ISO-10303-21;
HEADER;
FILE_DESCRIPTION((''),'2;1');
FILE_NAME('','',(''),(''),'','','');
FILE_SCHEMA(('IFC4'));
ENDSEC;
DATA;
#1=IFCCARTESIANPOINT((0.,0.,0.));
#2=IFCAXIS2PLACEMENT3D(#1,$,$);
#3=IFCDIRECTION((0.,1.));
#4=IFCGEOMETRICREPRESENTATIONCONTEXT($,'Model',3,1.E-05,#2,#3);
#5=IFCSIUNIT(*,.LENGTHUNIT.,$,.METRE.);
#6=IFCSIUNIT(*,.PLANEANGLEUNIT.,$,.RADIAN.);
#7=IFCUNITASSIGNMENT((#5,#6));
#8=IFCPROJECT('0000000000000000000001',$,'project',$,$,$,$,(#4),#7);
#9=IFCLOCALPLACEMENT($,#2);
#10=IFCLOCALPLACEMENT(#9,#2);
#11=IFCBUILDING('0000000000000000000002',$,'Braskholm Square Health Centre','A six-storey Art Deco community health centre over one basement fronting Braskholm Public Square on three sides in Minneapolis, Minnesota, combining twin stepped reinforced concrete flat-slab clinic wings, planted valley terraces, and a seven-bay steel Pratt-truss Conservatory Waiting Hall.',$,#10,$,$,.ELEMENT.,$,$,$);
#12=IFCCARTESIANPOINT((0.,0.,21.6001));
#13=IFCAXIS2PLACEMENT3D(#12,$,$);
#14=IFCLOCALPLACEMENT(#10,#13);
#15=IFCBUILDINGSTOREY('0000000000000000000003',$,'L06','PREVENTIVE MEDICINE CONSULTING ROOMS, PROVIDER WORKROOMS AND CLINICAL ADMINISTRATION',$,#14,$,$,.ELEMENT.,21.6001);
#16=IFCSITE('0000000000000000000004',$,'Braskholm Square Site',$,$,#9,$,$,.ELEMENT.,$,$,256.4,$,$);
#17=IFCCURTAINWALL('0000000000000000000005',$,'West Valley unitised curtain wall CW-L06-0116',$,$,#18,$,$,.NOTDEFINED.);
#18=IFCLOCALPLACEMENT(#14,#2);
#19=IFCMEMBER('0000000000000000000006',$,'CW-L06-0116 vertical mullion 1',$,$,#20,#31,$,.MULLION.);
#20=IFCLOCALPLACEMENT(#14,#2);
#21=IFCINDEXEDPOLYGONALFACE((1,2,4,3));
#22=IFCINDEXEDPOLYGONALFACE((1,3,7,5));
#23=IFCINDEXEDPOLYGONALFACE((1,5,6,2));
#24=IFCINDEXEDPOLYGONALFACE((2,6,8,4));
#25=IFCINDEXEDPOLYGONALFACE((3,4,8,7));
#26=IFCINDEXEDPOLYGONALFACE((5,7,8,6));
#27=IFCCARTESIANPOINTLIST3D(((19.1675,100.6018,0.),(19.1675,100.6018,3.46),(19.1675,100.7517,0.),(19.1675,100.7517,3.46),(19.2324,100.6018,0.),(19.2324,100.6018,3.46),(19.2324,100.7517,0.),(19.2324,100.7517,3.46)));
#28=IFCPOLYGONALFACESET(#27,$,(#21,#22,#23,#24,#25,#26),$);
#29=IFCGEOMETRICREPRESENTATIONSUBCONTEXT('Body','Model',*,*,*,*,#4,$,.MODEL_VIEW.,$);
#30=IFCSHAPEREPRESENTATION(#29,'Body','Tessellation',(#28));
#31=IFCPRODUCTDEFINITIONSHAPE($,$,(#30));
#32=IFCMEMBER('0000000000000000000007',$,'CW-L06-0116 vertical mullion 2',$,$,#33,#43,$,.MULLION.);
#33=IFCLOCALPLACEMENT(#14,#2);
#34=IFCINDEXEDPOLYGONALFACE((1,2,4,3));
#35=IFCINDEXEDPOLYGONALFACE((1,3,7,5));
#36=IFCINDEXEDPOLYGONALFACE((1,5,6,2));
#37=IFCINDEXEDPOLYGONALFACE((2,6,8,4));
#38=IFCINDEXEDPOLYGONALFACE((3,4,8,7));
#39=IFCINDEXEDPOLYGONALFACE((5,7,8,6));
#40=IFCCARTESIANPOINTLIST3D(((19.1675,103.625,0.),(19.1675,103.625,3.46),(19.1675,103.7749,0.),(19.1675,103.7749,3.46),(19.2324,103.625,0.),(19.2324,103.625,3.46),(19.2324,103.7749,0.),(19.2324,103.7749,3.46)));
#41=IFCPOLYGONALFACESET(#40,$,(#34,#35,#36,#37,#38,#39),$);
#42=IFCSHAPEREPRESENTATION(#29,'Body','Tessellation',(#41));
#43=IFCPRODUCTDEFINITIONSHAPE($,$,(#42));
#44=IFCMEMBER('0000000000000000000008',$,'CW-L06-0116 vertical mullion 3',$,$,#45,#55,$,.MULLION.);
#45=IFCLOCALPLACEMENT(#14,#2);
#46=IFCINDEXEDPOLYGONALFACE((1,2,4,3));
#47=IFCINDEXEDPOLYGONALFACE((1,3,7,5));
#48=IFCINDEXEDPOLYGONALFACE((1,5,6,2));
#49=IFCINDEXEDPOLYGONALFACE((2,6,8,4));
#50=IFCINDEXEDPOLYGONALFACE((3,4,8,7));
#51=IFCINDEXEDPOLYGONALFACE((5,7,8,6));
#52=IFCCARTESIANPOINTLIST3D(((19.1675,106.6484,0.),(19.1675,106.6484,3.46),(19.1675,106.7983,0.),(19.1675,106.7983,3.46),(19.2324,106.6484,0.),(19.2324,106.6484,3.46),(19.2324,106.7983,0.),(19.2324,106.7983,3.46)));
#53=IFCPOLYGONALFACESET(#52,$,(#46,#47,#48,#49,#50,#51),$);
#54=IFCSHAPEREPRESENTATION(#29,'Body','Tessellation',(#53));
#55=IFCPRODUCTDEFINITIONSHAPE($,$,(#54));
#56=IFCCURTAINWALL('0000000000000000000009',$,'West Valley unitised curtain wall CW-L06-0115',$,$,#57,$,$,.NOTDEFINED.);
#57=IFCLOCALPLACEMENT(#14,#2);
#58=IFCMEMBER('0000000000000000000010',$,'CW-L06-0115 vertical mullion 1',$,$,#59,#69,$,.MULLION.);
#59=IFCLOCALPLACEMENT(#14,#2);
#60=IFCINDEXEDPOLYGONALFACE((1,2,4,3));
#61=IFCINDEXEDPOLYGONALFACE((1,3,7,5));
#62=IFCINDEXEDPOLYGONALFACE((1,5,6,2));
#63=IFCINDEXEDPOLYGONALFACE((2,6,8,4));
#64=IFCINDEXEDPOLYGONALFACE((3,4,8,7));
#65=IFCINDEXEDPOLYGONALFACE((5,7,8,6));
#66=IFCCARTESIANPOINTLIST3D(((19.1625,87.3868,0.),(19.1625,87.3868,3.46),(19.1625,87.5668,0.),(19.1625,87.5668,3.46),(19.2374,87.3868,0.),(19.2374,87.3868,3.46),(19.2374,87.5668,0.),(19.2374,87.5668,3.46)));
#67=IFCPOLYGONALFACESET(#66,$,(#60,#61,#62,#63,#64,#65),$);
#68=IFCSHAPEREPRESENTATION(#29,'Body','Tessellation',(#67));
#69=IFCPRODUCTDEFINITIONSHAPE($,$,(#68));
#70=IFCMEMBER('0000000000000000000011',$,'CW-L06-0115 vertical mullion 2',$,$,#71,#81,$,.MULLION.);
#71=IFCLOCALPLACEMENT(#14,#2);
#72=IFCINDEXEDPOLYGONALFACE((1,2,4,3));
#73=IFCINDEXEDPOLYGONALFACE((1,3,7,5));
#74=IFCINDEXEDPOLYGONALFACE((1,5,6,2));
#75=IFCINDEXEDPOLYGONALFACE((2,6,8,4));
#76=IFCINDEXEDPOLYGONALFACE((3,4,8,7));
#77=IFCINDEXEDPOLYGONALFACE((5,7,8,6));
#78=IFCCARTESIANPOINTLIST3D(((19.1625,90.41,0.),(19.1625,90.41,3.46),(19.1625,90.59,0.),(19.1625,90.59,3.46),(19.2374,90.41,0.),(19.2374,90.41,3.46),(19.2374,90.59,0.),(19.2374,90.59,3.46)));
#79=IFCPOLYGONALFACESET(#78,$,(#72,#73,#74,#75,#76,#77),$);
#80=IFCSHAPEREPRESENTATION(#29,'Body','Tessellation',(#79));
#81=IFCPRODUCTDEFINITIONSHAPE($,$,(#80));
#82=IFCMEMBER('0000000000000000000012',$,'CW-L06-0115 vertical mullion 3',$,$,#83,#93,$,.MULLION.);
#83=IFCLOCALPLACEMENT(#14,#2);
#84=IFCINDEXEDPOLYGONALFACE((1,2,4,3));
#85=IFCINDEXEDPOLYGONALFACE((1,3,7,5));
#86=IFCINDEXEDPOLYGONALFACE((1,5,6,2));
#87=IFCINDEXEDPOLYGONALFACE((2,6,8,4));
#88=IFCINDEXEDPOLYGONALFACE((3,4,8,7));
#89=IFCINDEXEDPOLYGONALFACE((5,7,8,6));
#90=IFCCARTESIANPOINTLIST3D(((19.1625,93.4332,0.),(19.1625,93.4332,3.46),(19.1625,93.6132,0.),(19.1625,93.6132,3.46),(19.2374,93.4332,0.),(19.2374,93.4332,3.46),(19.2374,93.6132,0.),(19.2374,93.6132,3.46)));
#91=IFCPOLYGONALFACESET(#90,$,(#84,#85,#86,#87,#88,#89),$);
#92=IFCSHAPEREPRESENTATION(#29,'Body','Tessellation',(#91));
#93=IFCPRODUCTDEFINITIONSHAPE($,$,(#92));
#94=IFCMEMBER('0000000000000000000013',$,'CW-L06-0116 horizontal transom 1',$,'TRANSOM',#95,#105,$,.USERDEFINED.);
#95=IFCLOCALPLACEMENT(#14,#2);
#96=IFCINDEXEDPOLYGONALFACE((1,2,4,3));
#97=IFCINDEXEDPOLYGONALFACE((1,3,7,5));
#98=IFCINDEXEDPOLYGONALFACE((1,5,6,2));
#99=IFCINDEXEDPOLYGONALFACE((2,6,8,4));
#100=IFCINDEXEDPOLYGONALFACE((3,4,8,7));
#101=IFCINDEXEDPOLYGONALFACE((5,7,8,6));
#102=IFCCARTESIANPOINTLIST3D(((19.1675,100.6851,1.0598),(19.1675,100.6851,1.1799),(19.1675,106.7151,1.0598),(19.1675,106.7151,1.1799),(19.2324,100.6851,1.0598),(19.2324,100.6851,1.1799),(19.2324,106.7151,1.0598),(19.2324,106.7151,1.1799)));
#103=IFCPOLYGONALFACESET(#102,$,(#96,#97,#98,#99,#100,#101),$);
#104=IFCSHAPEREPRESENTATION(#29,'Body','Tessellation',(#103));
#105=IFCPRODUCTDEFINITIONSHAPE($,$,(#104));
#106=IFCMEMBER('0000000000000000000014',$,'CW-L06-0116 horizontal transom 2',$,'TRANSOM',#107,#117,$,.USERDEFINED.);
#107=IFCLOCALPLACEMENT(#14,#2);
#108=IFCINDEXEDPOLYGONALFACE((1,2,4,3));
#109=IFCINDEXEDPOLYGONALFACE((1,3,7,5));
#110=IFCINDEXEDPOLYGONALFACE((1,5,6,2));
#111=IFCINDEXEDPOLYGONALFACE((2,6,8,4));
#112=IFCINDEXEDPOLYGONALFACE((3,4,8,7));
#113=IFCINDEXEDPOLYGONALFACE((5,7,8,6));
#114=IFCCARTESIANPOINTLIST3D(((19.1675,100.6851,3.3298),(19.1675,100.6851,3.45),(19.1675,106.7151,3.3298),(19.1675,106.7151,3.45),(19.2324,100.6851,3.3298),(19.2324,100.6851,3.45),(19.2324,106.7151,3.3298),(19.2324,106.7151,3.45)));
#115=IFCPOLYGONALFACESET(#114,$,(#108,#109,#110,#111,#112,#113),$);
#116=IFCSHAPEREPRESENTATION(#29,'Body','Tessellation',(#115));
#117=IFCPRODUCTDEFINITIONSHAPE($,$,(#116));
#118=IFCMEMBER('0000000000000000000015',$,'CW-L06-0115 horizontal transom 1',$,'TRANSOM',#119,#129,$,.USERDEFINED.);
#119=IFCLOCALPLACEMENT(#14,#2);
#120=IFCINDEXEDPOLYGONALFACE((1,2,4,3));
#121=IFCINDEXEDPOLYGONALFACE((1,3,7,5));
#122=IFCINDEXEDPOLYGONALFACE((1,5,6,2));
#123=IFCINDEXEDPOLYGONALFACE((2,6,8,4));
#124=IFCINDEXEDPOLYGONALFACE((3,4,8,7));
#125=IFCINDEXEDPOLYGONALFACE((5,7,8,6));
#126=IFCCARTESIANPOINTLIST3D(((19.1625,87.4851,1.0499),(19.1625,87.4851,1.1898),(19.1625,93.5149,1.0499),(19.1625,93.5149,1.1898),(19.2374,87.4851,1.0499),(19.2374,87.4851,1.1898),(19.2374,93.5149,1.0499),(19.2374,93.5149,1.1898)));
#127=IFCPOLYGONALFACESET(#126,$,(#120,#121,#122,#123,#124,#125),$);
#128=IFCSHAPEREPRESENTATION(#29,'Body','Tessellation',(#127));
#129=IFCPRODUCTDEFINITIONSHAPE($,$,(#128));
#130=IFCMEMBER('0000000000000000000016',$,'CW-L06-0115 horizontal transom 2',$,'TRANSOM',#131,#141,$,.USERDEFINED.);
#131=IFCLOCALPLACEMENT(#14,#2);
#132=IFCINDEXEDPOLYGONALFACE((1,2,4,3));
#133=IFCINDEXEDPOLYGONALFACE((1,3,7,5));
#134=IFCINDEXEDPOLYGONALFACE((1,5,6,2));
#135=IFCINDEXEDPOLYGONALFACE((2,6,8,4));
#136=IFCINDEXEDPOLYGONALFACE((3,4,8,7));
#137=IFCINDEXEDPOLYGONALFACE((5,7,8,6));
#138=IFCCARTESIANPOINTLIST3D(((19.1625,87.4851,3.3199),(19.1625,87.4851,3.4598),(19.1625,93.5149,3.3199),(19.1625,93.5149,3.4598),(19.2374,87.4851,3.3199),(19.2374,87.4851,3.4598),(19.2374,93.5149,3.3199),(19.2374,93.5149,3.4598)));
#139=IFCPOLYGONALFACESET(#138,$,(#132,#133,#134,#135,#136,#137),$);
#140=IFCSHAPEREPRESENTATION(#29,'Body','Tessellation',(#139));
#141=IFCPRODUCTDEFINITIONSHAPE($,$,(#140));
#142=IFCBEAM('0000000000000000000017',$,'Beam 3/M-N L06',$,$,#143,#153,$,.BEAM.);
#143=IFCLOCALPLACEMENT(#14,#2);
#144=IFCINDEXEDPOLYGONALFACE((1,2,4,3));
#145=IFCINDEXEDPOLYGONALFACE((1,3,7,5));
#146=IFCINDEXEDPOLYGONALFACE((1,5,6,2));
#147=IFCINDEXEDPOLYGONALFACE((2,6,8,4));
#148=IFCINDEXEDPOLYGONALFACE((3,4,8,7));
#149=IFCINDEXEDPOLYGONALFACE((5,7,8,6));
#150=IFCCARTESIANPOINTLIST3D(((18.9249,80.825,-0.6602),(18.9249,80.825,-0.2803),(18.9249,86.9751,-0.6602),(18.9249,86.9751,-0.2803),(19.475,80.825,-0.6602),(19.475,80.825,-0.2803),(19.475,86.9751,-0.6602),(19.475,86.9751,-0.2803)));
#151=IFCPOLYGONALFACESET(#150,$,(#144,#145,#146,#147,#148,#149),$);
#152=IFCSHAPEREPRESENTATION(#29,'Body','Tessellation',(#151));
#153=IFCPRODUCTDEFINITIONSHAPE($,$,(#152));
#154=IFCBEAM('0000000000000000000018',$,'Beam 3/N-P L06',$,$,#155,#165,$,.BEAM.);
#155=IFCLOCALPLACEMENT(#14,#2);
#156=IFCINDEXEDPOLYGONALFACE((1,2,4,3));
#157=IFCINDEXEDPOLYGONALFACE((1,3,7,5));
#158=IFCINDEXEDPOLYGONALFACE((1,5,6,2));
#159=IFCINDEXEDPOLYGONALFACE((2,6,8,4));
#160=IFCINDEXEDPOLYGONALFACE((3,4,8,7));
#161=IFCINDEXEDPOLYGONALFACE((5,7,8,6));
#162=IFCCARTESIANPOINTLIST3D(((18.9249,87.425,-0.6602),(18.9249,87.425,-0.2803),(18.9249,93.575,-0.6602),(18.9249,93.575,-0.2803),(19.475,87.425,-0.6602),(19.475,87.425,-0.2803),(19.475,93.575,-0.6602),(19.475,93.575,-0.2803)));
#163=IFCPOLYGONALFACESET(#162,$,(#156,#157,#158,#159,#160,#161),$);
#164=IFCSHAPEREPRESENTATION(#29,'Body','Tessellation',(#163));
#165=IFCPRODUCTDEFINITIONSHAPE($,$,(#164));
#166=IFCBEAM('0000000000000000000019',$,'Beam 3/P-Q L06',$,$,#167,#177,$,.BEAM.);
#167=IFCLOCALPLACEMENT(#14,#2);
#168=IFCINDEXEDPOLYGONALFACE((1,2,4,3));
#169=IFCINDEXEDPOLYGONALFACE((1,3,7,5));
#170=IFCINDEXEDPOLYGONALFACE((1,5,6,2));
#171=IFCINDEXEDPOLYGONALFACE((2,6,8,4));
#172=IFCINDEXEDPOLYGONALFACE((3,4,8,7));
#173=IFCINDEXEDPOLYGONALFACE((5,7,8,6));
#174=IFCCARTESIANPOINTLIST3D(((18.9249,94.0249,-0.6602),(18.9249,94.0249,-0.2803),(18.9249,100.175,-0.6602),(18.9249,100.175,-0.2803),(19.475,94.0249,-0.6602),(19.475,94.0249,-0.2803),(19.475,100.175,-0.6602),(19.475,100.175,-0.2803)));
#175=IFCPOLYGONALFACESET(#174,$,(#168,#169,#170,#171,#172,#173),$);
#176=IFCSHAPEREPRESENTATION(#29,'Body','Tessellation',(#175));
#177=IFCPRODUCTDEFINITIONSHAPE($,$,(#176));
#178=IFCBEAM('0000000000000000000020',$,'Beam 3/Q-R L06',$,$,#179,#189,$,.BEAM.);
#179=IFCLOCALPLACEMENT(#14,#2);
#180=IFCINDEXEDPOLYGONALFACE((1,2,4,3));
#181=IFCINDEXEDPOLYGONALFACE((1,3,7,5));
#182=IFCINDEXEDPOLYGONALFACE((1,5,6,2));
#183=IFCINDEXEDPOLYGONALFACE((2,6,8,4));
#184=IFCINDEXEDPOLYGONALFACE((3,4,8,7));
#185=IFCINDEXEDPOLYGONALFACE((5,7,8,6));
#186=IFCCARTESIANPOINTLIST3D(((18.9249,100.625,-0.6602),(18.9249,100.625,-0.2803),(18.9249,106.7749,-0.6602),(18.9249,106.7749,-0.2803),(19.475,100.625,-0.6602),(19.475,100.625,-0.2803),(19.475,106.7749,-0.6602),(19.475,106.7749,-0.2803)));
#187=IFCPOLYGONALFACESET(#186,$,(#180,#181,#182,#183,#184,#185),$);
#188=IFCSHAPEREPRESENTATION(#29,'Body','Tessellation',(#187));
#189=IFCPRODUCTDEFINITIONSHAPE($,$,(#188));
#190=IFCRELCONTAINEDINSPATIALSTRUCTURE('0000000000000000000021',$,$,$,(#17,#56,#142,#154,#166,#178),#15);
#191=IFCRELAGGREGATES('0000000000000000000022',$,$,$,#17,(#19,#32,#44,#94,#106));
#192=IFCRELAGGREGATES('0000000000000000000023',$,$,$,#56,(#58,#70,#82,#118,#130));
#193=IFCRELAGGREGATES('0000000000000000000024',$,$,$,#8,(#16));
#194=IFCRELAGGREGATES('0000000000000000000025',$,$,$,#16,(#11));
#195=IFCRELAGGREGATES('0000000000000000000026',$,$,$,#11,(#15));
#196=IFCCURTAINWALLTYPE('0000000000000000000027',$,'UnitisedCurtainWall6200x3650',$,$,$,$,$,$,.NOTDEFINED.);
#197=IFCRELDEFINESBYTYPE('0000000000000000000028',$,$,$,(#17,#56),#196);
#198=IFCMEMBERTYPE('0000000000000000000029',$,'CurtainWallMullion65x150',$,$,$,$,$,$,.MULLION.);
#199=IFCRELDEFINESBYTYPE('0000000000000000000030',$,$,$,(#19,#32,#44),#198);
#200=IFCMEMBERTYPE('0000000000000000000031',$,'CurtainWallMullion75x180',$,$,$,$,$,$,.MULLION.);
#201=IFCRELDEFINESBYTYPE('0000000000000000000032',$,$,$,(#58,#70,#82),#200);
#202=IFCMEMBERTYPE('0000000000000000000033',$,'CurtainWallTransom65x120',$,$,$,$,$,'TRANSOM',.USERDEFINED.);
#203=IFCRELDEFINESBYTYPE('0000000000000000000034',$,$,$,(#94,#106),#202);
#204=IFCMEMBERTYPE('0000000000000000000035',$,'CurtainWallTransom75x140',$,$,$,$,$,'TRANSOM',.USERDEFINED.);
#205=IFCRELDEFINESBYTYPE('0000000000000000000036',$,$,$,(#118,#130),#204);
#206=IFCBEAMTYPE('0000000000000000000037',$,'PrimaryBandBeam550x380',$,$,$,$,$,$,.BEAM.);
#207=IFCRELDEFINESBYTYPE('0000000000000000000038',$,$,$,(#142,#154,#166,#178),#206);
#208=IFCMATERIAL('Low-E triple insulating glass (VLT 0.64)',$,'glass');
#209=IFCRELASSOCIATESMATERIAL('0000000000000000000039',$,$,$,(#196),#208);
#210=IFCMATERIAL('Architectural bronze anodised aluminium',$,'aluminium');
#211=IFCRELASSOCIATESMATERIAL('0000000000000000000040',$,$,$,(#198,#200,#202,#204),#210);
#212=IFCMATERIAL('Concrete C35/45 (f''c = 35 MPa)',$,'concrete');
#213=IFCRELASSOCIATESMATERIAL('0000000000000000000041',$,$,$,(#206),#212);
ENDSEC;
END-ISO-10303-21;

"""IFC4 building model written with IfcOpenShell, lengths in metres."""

from ifc_helpers import new_model, si_unit, direction, frame, origin, origin_2d, place, context, subcontext, project, spatial, rectangle, extrude, material, material_profile, profile_set, type_object, element, aggregate, save


model = new_model("IFC4")

# Units and contexts
model_context = context("Model", 3, precision=1e-05, world=origin(), true_north=direction((0.0, 1.0)))
body_context = subcontext(model_context, "Body", "Model", "MODEL_VIEW")
ifc_project = project(units=[si_unit("LENGTHUNIT", "METRE"), si_unit("PLANEANGLEUNIT", "RADIAN")], contexts=[model_context])

# Site, building, storey
site_placement = place(None, origin())
site = spatial("IfcSite", under=ifc_project, at=site_placement, Name="Braskholm Square Site", CompositionType="ELEMENT", RefElevation=256.4)
building_placement = place(site_placement, origin())
building = spatial("IfcBuilding", under=site, at=building_placement, Name="Braskholm Square Health Centre", Description="A six-storey Art Deco community health centre over one basement fronting Braskholm Public Square on three sides in Minneapolis, Minnesota, combining twin stepped reinforced concrete flat-slab clinic wings, planted valley terraces, and a seven-bay steel Pratt-truss Conservatory Waiting Hall.", CompositionType="ELEMENT")
storey_placement = place(building_placement, frame((0.0, 0.0, 21.6001)))
storey = spatial("IfcBuildingStorey", under=building, at=storey_placement, Name="L06", Description="PREVENTIVE MEDICINE CONSULTING ROOMS, PROVIDER WORKROOMS AND CLINICAL ADMINISTRATION", CompositionType="ELEMENT", Elevation=21.6001)

# Curtain walls, members
ifc_material_1 = material(Name="Low-E triple insulating glass (VLT 0.64)", Category="glass")
curtain_wall_type = type_object("IfcCurtainWallType", Name="UnitisedCurtainWall6200x3650", PredefinedType="NOTDEFINED", material=ifc_material_1)
curtain_wall_1_placement = place(storey_placement, origin())
curtain_wall_1 = element("IfcCurtainWall", 1, at=curtain_wall_1_placement, inside=storey, type_object=curtain_wall_type, Name="West Valley unitised curtain wall CW-L06-0116", PredefinedType="NOTDEFINED")
ifc_material_2 = material(Name="Architectural bronze anodised aluminium", Category="aluminium")
ifc_material_profile_1 = material_profile(ifc_material_2, rectangle(XDim=0.0649, YDim=0.1499, at=origin_2d()), Name="ALU-65X150")
ifc_profile_set_1 = profile_set([ifc_material_profile_1], Name="Architectural bronze anodised aluminium")
member_type_1 = type_object("IfcMemberType", Name="CurtainWallMullion65x150", PredefinedType="MULLION", material=ifc_profile_set_1)
member_1_placement = place(storey_placement, frame((19.2, 100.6768, 0.0), z_axis=(0.0, 0.0, 1.0), x_axis=(1.0, 0.0, 0.0)))
member_1 = element("IfcMember", 2, at=member_1_placement, type_object=member_type_1, Name="CW-L06-0116 vertical mullion 1", PredefinedType="MULLION", context=body_context, shape_type="SweptSolid", body=[
    extrude(rectangle(XDim=0.0649, YDim=0.1499, at=origin_2d()), origin(), (0.0, 0.0, 1.0), 3.46),
])
member_2_placement = place(storey_placement, frame((19.2, 103.7, 0.0), z_axis=(0.0, 0.0, 1.0), x_axis=(1.0, 0.0, 0.0)))
member_2 = element("IfcMember", 3, at=member_2_placement, type_object=member_type_1, Name="CW-L06-0116 vertical mullion 2", PredefinedType="MULLION", context=body_context, shape_type="SweptSolid", body=[
    extrude(rectangle(XDim=0.0649, YDim=0.1499, at=origin_2d()), origin(), (0.0, 0.0, 1.0), 3.46),
])
member_3_placement = place(storey_placement, frame((19.2, 106.7234, 0.0), z_axis=(0.0, 0.0, 1.0), x_axis=(1.0, 0.0, 0.0)))
member_3 = element("IfcMember", 4, at=member_3_placement, type_object=member_type_1, Name="CW-L06-0116 vertical mullion 3", PredefinedType="MULLION", context=body_context, shape_type="SweptSolid", body=[
    extrude(rectangle(XDim=0.0649, YDim=0.1499, at=origin_2d()), origin(), (0.0, 0.0, 1.0), 3.46),
])
curtain_wall_2_placement = place(storey_placement, origin())
curtain_wall_2 = element("IfcCurtainWall", 5, at=curtain_wall_2_placement, inside=storey, type_object=curtain_wall_type, Name="West Valley unitised curtain wall CW-L06-0115", PredefinedType="NOTDEFINED")
ifc_material_profile_2 = material_profile(ifc_material_2, rectangle(XDim=0.075, YDim=0.1799, at=origin_2d()), Name="ALU-75X180")
ifc_profile_set_2 = profile_set([ifc_material_profile_2], Name="Architectural bronze anodised aluminium")
member_type_2 = type_object("IfcMemberType", Name="CurtainWallMullion75x180", PredefinedType="MULLION", material=ifc_profile_set_2)
member_4_placement = place(storey_placement, frame((19.2, 87.4768, 0.0), z_axis=(0.0, 0.0, 1.0), x_axis=(1.0, 0.0, 0.0)))
member_4 = element("IfcMember", 6, at=member_4_placement, type_object=member_type_2, Name="CW-L06-0115 vertical mullion 1", PredefinedType="MULLION", context=body_context, shape_type="SweptSolid", body=[
    extrude(rectangle(XDim=0.075, YDim=0.1799, at=origin_2d()), origin(), (0.0, 0.0, 1.0), 3.46),
])
member_5_placement = place(storey_placement, frame((19.2, 90.5, 0.0), z_axis=(0.0, 0.0, 1.0), x_axis=(1.0, 0.0, 0.0)))
member_5 = element("IfcMember", 7, at=member_5_placement, type_object=member_type_2, Name="CW-L06-0115 vertical mullion 2", PredefinedType="MULLION", context=body_context, shape_type="SweptSolid", body=[
    extrude(rectangle(XDim=0.075, YDim=0.1799, at=origin_2d()), origin(), (0.0, 0.0, 1.0), 3.46),
])
member_6_placement = place(storey_placement, frame((19.2, 93.5232, 0.0), z_axis=(0.0, 0.0, 1.0), x_axis=(1.0, 0.0, 0.0)))
member_6 = element("IfcMember", 8, at=member_6_placement, type_object=member_type_2, Name="CW-L06-0115 vertical mullion 3", PredefinedType="MULLION", context=body_context, shape_type="SweptSolid", body=[
    extrude(rectangle(XDim=0.075, YDim=0.1799, at=origin_2d()), origin(), (0.0, 0.0, 1.0), 3.46),
])

# Members
ifc_material_profile_3 = material_profile(ifc_material_2, rectangle(XDim=0.0649, YDim=0.1201, at=origin_2d()), Name="ALU-65X120")
ifc_profile_set_3 = profile_set([ifc_material_profile_3], Name="Architectural bronze anodised aluminium")
member_type_3 = type_object("IfcMemberType", Name="CurtainWallTransom65x120", ElementType="TRANSOM", PredefinedType="USERDEFINED", material=ifc_profile_set_3)
member_7_placement = place(storey_placement, frame((19.2, 100.6851, 1.1199), z_axis=(0.0, 1.0, 0.0), x_axis=(-1.0, 0.0, 0.0)))
member_7 = element("IfcMember", 9, at=member_7_placement, type_object=member_type_3, Name="CW-L06-0116 horizontal transom 1", ObjectType="TRANSOM", PredefinedType="USERDEFINED", context=body_context, shape_type="SweptSolid", body=[
    extrude(rectangle(XDim=0.0649, YDim=0.1201, at=origin_2d()), origin(), (0.0, 0.0, 1.0), 6.03),
])
member_8_placement = place(storey_placement, frame((19.2, 100.6851, 3.3899), z_axis=(0.0, 1.0, 0.0), x_axis=(-1.0, 0.0, 0.0)))
member_8 = element("IfcMember", 10, at=member_8_placement, type_object=member_type_3, Name="CW-L06-0116 horizontal transom 2", ObjectType="TRANSOM", PredefinedType="USERDEFINED", context=body_context, shape_type="SweptSolid", body=[
    extrude(rectangle(XDim=0.0649, YDim=0.1201, at=origin_2d()), origin(), (0.0, 0.0, 1.0), 6.03),
])
ifc_material_profile_4 = material_profile(ifc_material_2, rectangle(XDim=0.075, YDim=0.1399, at=origin_2d()), Name="ALU-75X140")
ifc_profile_set_4 = profile_set([ifc_material_profile_4], Name="Architectural bronze anodised aluminium")
member_type_4 = type_object("IfcMemberType", Name="CurtainWallTransom75x140", ElementType="TRANSOM", PredefinedType="USERDEFINED", material=ifc_profile_set_4)
member_9_placement = place(storey_placement, frame((19.2, 87.4851, 1.1199), z_axis=(0.0, 1.0, 0.0), x_axis=(-1.0, 0.0, 0.0)))
member_9 = element("IfcMember", 11, at=member_9_placement, type_object=member_type_4, Name="CW-L06-0115 horizontal transom 1", ObjectType="TRANSOM", PredefinedType="USERDEFINED", context=body_context, shape_type="SweptSolid", body=[
    extrude(rectangle(XDim=0.075, YDim=0.1399, at=origin_2d()), origin(), (0.0, 0.0, 1.0), 6.0298),
])
member_10_placement = place(storey_placement, frame((19.2, 87.4851, 3.3899), z_axis=(0.0, 1.0, 0.0), x_axis=(-1.0, 0.0, 0.0)))
member_10 = element("IfcMember", 12, at=member_10_placement, type_object=member_type_4, Name="CW-L06-0115 horizontal transom 2", ObjectType="TRANSOM", PredefinedType="USERDEFINED", context=body_context, shape_type="SweptSolid", body=[
    extrude(rectangle(XDim=0.075, YDim=0.1399, at=origin_2d()), origin(), (0.0, 0.0, 1.0), 6.0298),
])

# Beams
ifc_material_3 = material(Name="Concrete C35/45 (f'c = 35 MPa)", Category="concrete")
ifc_material_profile_5 = material_profile(ifc_material_3, rectangle(XDim=0.55, YDim=0.3799, at=origin_2d()), Name="RCB-550X380")
ifc_profile_set_5 = profile_set([ifc_material_profile_5], Name="Concrete C35/45 (f'c = 35 MPa)")
beam_type = type_object("IfcBeamType", Name="PrimaryBandBeam550x380", PredefinedType="BEAM", material=ifc_profile_set_5)
beam_1_placement = place(storey_placement, frame((19.2, 80.825, -0.4702), z_axis=(0.0, 1.0, 0.0), x_axis=(-1.0, 0.0, 0.0)))
element("IfcBeam", 13, at=beam_1_placement, inside=storey, type_object=beam_type, Name="Beam 3/M-N L06", PredefinedType="BEAM", context=body_context, shape_type="SweptSolid", body=[
    extrude(rectangle(XDim=0.55, YDim=0.3799, at=origin_2d()), origin(), (0.0, 0.0, 1.0), 6.1501),
])
beam_2_placement = place(storey_placement, frame((19.2, 87.425, -0.4702), z_axis=(0.0, 1.0, 0.0), x_axis=(-1.0, 0.0, 0.0)))
element("IfcBeam", 14, at=beam_2_placement, inside=storey, type_object=beam_type, Name="Beam 3/N-P L06", PredefinedType="BEAM", context=body_context, shape_type="SweptSolid", body=[
    extrude(rectangle(XDim=0.55, YDim=0.3799, at=origin_2d()), origin(), (0.0, 0.0, 1.0), 6.1499),
])
beam_3_placement = place(storey_placement, frame((19.2, 94.0249, -0.4702), z_axis=(0.0, 1.0, 0.0), x_axis=(-1.0, 0.0, 0.0)))
element("IfcBeam", 15, at=beam_3_placement, inside=storey, type_object=beam_type, Name="Beam 3/P-Q L06", PredefinedType="BEAM", context=body_context, shape_type="SweptSolid", body=[
    extrude(rectangle(XDim=0.55, YDim=0.3799, at=origin_2d()), origin(), (0.0, 0.0, 1.0), 6.1501),
])
beam_4_placement = place(storey_placement, frame((19.2, 100.625, -0.4702), z_axis=(0.0, 1.0, 0.0), x_axis=(-1.0, 0.0, 0.0)))
element("IfcBeam", 16, at=beam_4_placement, inside=storey, type_object=beam_type, Name="Beam 3/Q-R L06", PredefinedType="BEAM", context=body_context, shape_type="SweptSolid", body=[
    extrude(rectangle(XDim=0.55, YDim=0.3799, at=origin_2d()), origin(), (0.0, 0.0, 1.0), 6.1499),
])

aggregate(curtain_wall_1, [member_1, member_2, member_3, member_7, member_8])
aggregate(curtain_wall_2, [member_4, member_5, member_6, member_9, member_10])

save(model, "model.ifc")
